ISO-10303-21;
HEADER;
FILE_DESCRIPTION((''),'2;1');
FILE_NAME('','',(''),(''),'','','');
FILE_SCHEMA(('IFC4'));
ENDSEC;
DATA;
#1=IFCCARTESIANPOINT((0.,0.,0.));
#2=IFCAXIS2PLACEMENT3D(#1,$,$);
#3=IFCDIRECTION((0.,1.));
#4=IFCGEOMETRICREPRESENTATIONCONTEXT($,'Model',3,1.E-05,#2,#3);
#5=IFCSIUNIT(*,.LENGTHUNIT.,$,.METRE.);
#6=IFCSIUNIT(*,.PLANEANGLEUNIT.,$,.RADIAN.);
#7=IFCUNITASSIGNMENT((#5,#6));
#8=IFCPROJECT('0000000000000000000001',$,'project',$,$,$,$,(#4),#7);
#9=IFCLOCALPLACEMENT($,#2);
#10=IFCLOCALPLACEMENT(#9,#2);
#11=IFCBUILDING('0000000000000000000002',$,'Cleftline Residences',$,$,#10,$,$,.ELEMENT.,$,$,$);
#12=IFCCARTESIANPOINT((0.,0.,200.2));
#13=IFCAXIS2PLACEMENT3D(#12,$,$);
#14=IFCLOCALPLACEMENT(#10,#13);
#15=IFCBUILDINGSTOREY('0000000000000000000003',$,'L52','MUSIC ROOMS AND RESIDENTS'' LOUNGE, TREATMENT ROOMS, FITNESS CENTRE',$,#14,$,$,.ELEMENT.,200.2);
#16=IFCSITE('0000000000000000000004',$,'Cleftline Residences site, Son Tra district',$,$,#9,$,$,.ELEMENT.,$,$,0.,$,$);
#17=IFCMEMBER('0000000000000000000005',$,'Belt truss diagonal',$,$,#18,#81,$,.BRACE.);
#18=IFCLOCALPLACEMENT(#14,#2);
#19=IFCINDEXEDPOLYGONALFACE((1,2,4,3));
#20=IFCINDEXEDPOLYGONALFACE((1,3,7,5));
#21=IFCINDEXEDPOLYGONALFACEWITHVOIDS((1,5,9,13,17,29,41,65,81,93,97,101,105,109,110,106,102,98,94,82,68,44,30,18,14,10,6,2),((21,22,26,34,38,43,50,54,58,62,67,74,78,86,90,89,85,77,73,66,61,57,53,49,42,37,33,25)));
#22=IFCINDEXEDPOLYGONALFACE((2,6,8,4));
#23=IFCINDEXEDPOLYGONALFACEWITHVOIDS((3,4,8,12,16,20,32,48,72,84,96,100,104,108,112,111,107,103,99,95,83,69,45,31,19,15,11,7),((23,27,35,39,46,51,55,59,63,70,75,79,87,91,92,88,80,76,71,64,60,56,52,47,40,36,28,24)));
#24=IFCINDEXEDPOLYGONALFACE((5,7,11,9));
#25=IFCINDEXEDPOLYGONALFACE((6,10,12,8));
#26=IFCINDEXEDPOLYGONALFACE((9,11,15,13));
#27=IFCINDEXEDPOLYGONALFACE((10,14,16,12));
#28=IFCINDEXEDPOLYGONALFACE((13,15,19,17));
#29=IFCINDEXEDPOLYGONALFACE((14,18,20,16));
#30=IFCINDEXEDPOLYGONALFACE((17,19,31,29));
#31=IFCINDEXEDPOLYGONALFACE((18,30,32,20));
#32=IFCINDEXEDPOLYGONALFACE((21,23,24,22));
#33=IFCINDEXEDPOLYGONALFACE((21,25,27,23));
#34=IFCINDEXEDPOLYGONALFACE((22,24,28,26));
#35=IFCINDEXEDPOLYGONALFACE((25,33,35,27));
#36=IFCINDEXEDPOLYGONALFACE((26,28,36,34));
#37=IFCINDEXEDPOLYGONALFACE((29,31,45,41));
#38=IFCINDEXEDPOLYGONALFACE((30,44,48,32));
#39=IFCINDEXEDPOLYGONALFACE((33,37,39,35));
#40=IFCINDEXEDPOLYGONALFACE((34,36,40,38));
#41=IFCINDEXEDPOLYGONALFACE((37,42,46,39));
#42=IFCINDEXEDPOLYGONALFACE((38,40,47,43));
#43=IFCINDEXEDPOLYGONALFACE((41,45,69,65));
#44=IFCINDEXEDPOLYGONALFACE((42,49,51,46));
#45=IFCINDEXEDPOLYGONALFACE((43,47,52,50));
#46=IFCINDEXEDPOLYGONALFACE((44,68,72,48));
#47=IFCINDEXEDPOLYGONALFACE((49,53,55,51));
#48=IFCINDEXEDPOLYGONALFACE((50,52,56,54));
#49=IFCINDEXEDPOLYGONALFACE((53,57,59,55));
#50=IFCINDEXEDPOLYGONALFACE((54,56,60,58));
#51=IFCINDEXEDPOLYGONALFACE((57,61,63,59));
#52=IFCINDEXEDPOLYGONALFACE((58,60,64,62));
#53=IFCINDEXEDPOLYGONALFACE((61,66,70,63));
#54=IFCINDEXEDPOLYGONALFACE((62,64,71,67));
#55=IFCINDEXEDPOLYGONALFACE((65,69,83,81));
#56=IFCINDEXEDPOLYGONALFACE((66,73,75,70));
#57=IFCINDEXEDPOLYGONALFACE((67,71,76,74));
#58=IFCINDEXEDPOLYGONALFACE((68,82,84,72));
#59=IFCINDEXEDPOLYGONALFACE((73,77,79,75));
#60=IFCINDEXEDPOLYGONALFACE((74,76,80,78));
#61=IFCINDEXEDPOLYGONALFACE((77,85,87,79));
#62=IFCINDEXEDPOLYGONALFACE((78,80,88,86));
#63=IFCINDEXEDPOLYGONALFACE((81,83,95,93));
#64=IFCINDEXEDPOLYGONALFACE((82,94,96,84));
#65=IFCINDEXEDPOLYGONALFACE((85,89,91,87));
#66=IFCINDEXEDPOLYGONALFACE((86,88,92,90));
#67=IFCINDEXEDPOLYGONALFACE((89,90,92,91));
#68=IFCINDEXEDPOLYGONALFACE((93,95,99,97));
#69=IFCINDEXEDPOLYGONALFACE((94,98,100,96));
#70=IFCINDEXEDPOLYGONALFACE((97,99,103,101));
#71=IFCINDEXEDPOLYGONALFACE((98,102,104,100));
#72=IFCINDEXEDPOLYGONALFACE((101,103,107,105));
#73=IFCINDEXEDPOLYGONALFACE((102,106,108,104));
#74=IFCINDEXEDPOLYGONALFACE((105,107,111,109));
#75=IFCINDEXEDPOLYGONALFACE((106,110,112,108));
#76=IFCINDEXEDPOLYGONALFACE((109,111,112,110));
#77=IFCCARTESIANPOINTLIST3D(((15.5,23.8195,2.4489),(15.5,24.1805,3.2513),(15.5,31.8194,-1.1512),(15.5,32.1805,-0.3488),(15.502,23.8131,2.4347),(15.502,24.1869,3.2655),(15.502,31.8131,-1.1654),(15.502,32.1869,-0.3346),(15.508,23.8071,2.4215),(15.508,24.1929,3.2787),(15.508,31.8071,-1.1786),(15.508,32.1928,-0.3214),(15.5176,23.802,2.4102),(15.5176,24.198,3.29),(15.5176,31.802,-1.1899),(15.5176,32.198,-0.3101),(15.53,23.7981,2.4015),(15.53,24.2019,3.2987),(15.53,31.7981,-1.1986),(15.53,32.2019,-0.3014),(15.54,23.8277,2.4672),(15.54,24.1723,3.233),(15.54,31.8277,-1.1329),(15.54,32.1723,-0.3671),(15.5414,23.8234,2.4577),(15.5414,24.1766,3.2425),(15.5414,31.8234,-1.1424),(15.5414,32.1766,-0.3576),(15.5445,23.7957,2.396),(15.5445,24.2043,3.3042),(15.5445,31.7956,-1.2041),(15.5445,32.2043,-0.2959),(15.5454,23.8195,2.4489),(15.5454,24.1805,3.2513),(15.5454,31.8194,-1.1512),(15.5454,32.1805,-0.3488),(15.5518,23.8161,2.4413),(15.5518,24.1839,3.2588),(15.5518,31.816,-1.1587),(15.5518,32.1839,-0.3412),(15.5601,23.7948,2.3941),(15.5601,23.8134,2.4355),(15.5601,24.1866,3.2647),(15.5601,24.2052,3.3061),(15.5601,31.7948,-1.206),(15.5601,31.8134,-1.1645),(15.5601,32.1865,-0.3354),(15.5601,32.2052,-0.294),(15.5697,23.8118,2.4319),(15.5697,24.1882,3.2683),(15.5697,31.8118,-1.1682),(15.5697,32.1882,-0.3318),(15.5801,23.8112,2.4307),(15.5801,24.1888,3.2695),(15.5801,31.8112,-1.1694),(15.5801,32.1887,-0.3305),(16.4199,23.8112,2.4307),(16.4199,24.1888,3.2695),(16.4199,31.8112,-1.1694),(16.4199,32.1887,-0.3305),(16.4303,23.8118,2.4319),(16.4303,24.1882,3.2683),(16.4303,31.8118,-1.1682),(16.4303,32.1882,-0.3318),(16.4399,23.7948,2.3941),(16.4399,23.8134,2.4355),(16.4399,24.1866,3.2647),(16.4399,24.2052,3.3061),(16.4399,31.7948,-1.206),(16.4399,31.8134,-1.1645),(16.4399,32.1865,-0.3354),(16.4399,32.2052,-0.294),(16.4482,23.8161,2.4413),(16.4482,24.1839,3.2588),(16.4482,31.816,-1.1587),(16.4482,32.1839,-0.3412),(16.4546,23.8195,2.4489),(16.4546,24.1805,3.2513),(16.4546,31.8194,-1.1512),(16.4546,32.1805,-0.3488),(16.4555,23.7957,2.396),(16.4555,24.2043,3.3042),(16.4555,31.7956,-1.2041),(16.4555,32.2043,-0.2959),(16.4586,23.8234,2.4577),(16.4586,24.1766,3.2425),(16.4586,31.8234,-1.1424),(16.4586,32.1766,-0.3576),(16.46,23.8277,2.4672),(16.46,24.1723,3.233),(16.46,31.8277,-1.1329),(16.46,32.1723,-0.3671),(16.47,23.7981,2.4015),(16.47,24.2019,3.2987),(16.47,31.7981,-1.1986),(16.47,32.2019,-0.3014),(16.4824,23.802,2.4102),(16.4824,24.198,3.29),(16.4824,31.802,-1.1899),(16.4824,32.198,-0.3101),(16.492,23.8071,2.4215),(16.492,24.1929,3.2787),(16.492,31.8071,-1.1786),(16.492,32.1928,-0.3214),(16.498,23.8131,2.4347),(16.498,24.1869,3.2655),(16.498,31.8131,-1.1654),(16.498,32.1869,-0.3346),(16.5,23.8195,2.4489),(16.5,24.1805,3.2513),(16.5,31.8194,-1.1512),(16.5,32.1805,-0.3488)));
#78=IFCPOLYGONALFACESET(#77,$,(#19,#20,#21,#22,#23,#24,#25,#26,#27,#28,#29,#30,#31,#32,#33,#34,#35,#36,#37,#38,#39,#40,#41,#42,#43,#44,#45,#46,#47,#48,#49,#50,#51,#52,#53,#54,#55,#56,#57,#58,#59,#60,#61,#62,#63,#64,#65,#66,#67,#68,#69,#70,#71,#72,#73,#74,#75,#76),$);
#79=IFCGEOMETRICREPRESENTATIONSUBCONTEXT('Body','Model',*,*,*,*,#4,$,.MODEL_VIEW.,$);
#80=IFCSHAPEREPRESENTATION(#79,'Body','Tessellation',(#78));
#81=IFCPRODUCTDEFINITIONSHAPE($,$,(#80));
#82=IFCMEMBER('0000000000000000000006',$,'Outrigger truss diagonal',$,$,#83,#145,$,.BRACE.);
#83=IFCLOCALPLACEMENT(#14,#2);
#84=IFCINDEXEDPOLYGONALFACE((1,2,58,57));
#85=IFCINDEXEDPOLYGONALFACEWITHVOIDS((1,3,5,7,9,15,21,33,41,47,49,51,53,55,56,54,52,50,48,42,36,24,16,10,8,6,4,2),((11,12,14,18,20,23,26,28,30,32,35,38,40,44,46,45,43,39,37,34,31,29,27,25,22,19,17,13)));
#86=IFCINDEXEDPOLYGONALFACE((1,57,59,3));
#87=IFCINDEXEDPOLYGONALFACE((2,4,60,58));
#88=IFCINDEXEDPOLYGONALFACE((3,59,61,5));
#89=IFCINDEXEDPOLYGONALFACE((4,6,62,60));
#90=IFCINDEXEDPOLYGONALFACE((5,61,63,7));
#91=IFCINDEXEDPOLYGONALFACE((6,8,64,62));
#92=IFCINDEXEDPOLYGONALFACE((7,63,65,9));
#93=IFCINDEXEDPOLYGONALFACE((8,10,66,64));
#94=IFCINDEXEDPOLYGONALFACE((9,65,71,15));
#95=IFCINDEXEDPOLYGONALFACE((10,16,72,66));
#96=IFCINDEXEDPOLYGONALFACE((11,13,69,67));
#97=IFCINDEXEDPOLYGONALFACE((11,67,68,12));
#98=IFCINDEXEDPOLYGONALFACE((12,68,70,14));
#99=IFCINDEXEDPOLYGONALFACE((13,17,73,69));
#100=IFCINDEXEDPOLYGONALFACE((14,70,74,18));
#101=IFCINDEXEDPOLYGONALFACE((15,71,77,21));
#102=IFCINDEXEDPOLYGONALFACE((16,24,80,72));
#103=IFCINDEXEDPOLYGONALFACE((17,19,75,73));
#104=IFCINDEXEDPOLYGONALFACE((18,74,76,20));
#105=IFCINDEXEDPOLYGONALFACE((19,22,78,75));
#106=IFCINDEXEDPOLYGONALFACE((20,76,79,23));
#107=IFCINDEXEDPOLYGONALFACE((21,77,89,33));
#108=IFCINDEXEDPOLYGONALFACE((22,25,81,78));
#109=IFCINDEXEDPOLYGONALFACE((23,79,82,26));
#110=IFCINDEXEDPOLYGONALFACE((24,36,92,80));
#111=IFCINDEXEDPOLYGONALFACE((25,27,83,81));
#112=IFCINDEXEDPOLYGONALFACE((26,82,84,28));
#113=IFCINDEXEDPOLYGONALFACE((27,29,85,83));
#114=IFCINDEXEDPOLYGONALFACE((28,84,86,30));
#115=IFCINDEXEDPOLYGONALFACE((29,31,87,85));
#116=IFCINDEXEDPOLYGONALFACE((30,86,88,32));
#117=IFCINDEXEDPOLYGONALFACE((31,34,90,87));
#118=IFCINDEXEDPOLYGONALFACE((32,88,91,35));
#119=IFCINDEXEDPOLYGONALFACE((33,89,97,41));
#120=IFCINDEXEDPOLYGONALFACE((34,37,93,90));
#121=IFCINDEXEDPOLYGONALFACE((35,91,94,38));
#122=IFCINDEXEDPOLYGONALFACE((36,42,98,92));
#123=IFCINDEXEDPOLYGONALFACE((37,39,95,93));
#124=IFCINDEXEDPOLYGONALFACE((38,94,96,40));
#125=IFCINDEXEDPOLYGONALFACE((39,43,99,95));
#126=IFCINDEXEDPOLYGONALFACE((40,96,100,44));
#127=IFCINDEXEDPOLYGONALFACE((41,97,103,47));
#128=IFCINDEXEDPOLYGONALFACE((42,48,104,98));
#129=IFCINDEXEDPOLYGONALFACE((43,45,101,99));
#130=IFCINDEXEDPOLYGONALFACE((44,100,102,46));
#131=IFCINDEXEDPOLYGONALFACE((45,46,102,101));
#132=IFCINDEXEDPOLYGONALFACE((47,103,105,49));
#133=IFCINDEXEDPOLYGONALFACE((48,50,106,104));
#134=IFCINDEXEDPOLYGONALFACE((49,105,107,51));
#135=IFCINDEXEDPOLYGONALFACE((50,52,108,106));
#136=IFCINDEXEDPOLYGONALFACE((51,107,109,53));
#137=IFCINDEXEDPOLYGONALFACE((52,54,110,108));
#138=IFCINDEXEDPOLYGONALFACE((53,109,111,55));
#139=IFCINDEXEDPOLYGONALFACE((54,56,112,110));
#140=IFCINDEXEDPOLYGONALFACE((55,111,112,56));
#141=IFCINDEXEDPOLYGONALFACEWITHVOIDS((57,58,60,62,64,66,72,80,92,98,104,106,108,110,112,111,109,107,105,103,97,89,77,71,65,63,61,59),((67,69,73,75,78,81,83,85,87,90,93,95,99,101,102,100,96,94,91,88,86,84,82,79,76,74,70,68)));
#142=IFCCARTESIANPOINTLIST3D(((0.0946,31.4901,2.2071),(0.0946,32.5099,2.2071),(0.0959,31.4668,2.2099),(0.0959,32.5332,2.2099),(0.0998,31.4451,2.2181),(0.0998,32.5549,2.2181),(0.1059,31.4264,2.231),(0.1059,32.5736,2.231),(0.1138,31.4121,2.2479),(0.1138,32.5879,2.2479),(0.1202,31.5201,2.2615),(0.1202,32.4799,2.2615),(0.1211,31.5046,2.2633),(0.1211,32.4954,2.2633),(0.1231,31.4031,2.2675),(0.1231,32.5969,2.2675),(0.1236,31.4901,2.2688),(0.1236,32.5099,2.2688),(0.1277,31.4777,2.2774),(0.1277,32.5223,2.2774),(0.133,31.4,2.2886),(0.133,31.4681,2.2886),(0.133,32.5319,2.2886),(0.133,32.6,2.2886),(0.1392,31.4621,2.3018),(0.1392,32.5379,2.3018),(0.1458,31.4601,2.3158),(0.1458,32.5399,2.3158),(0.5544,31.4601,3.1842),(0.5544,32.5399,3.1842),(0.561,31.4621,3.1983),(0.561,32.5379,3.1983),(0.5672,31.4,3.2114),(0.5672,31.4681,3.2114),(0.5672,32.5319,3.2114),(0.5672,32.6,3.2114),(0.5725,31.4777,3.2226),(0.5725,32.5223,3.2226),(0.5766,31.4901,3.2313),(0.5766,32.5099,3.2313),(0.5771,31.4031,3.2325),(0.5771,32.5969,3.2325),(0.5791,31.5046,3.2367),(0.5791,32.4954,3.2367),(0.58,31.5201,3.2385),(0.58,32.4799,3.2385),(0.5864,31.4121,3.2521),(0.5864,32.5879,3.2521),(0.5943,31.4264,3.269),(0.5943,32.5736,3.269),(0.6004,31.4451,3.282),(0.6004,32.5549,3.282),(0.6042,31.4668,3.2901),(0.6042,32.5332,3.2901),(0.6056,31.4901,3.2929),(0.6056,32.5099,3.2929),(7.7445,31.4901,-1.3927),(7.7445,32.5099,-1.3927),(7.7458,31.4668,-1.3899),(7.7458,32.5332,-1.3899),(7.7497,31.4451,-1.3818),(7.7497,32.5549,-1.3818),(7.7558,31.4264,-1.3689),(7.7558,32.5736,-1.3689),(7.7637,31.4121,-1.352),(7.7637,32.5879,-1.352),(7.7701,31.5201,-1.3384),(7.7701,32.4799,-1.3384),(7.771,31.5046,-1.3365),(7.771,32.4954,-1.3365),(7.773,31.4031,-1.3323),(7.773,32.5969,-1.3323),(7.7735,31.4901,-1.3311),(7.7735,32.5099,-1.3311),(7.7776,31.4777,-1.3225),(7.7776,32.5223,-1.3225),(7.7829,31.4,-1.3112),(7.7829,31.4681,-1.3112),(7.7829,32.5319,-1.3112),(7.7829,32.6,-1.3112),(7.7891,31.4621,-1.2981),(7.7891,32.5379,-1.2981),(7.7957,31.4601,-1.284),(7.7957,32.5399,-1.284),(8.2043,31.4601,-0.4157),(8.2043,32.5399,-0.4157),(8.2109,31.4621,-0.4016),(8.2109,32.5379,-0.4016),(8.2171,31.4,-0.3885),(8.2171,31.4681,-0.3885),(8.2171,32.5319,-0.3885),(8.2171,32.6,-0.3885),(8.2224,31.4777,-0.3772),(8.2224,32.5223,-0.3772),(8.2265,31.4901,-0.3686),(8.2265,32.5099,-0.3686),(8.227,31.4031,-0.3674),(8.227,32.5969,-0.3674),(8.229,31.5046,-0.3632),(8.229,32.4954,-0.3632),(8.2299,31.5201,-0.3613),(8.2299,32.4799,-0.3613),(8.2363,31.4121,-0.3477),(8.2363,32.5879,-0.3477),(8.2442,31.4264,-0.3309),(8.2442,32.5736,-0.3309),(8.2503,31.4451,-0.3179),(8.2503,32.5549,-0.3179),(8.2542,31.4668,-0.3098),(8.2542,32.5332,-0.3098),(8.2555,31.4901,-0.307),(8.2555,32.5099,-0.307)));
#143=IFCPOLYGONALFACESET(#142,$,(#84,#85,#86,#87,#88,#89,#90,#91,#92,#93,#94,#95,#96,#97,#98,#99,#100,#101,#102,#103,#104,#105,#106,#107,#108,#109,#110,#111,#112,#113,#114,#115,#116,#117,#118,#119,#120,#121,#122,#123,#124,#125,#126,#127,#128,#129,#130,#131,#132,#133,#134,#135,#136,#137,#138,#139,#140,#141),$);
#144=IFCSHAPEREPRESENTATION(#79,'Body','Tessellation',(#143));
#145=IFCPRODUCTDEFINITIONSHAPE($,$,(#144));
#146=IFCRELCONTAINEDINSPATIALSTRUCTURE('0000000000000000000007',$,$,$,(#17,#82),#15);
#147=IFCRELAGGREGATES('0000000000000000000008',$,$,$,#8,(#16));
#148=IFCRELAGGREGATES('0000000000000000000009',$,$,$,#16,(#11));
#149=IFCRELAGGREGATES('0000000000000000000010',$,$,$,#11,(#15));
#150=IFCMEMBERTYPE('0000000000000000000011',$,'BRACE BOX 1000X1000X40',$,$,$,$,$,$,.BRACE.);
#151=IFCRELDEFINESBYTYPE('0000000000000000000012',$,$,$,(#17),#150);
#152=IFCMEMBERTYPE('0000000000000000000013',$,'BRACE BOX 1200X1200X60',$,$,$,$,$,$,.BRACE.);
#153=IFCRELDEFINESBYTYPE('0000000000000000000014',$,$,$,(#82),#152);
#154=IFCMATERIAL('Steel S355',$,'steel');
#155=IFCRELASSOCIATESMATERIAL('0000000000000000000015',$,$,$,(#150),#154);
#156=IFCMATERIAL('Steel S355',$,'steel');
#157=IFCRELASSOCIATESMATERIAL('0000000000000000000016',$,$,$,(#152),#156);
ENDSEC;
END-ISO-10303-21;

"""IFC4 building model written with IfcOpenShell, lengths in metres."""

from ifc_helpers import new_model, si_unit, direction, frame, origin, origin_2d, place, context, subcontext, project, spatial, hollow_rectangle, extrude, material, material_profile, profile_set, type_object, element, save


model = new_model("IFC4")

# Units and contexts
model_context = context("Model", 3, precision=1e-05, world=origin(), true_north=direction((0.0, 1.0)))
body_context = subcontext(model_context, "Body", "Model", "MODEL_VIEW")
ifc_project = project(units=[si_unit("LENGTHUNIT", "METRE"), si_unit("PLANEANGLEUNIT", "RADIAN")], contexts=[model_context])

# Site, building, storey
site_placement = place(None, origin())
site = spatial("IfcSite", under=ifc_project, at=site_placement, Name="Cleftline Residences site, Son Tra district", CompositionType="ELEMENT", RefElevation=0.0)
building_placement = place(site_placement, origin())
building = spatial("IfcBuilding", under=site, at=building_placement, Name="Cleftline Residences", CompositionType="ELEMENT")
storey_placement = place(building_placement, frame((0.0, 0.0, 200.2)))
storey = spatial("IfcBuildingStorey", under=building, at=storey_placement, Name="L52", Description="MUSIC ROOMS AND RESIDENTS' LOUNGE, TREATMENT ROOMS, FITNESS CENTRE", CompositionType="ELEMENT", Elevation=200.2)

# Members
ifc_material_1 = material(Name="Steel S355", Category="steel")
ifc_material_profile_1 = material_profile(ifc_material_1, hollow_rectangle(XDim=1.0, YDim=1.0, WallThickness=0.04, InnerFilletRadius=0.04, OuterFilletRadius=0.0601, at=origin_2d()))
ifc_profile_set_1 = profile_set([ifc_material_profile_1], Name="Steel S355")
member_type_1 = type_object("IfcMemberType", Name="BRACE BOX 1000X1000X40", PredefinedType="BRACE", material=ifc_profile_set_1)
for number, where, z_axis, x_axis, name in (
    (1, (16.0, 24.0, 2.8501), (0.0, 0.911917, -0.410374), (0.0, 0.410374, 0.911917), "Belt truss diagonal"),
):
    element("IfcMember", number, at=place(storey_placement, frame(where, z_axis=z_axis, x_axis=x_axis)), inside=storey, type_object=member_type_1, Name=name, PredefinedType="BRACE", context=body_context, shape_type="SweptSolid", body=[
        extrude(hollow_rectangle(XDim=1.0, YDim=1.0, WallThickness=0.04, InnerFilletRadius=0.04, OuterFilletRadius=0.0601, at=origin_2d()), origin(), (0.0, 0.0, 1.0), 8.7727),
    ])
ifc_material_2 = material(Name="Steel S355", Category="steel")
ifc_material_profile_2 = material_profile(ifc_material_2, hollow_rectangle(XDim=1.2, YDim=1.2, WallThickness=0.0601, InnerFilletRadius=0.0601, OuterFilletRadius=0.0901, at=origin_2d()))
ifc_profile_set_2 = profile_set([ifc_material_profile_2], Name="Steel S355")
member_type_2 = type_object("IfcMemberType", Name="BRACE BOX 1200X1200X60", PredefinedType="BRACE", material=ifc_profile_set_2)
member_placement = place(storey_placement, frame((8.0, 32.0, -0.8499), z_axis=(-0.904823, 0.0, 0.425787), x_axis=(0.425787, 0.0, 0.904823)))
element("IfcMember", 2, at=member_placement, inside=storey, type_object=member_type_2, Name="Outrigger truss diagonal", PredefinedType="BRACE", context=body_context, shape_type="SweptSolid", body=[
    extrude(hollow_rectangle(XDim=1.2, YDim=1.2, WallThickness=0.0601, InnerFilletRadius=0.0601, OuterFilletRadius=0.0901, at=origin_2d()), origin(), (0.0, 0.0, 1.0), 8.4546),
])

save(model, "model.ifc")
